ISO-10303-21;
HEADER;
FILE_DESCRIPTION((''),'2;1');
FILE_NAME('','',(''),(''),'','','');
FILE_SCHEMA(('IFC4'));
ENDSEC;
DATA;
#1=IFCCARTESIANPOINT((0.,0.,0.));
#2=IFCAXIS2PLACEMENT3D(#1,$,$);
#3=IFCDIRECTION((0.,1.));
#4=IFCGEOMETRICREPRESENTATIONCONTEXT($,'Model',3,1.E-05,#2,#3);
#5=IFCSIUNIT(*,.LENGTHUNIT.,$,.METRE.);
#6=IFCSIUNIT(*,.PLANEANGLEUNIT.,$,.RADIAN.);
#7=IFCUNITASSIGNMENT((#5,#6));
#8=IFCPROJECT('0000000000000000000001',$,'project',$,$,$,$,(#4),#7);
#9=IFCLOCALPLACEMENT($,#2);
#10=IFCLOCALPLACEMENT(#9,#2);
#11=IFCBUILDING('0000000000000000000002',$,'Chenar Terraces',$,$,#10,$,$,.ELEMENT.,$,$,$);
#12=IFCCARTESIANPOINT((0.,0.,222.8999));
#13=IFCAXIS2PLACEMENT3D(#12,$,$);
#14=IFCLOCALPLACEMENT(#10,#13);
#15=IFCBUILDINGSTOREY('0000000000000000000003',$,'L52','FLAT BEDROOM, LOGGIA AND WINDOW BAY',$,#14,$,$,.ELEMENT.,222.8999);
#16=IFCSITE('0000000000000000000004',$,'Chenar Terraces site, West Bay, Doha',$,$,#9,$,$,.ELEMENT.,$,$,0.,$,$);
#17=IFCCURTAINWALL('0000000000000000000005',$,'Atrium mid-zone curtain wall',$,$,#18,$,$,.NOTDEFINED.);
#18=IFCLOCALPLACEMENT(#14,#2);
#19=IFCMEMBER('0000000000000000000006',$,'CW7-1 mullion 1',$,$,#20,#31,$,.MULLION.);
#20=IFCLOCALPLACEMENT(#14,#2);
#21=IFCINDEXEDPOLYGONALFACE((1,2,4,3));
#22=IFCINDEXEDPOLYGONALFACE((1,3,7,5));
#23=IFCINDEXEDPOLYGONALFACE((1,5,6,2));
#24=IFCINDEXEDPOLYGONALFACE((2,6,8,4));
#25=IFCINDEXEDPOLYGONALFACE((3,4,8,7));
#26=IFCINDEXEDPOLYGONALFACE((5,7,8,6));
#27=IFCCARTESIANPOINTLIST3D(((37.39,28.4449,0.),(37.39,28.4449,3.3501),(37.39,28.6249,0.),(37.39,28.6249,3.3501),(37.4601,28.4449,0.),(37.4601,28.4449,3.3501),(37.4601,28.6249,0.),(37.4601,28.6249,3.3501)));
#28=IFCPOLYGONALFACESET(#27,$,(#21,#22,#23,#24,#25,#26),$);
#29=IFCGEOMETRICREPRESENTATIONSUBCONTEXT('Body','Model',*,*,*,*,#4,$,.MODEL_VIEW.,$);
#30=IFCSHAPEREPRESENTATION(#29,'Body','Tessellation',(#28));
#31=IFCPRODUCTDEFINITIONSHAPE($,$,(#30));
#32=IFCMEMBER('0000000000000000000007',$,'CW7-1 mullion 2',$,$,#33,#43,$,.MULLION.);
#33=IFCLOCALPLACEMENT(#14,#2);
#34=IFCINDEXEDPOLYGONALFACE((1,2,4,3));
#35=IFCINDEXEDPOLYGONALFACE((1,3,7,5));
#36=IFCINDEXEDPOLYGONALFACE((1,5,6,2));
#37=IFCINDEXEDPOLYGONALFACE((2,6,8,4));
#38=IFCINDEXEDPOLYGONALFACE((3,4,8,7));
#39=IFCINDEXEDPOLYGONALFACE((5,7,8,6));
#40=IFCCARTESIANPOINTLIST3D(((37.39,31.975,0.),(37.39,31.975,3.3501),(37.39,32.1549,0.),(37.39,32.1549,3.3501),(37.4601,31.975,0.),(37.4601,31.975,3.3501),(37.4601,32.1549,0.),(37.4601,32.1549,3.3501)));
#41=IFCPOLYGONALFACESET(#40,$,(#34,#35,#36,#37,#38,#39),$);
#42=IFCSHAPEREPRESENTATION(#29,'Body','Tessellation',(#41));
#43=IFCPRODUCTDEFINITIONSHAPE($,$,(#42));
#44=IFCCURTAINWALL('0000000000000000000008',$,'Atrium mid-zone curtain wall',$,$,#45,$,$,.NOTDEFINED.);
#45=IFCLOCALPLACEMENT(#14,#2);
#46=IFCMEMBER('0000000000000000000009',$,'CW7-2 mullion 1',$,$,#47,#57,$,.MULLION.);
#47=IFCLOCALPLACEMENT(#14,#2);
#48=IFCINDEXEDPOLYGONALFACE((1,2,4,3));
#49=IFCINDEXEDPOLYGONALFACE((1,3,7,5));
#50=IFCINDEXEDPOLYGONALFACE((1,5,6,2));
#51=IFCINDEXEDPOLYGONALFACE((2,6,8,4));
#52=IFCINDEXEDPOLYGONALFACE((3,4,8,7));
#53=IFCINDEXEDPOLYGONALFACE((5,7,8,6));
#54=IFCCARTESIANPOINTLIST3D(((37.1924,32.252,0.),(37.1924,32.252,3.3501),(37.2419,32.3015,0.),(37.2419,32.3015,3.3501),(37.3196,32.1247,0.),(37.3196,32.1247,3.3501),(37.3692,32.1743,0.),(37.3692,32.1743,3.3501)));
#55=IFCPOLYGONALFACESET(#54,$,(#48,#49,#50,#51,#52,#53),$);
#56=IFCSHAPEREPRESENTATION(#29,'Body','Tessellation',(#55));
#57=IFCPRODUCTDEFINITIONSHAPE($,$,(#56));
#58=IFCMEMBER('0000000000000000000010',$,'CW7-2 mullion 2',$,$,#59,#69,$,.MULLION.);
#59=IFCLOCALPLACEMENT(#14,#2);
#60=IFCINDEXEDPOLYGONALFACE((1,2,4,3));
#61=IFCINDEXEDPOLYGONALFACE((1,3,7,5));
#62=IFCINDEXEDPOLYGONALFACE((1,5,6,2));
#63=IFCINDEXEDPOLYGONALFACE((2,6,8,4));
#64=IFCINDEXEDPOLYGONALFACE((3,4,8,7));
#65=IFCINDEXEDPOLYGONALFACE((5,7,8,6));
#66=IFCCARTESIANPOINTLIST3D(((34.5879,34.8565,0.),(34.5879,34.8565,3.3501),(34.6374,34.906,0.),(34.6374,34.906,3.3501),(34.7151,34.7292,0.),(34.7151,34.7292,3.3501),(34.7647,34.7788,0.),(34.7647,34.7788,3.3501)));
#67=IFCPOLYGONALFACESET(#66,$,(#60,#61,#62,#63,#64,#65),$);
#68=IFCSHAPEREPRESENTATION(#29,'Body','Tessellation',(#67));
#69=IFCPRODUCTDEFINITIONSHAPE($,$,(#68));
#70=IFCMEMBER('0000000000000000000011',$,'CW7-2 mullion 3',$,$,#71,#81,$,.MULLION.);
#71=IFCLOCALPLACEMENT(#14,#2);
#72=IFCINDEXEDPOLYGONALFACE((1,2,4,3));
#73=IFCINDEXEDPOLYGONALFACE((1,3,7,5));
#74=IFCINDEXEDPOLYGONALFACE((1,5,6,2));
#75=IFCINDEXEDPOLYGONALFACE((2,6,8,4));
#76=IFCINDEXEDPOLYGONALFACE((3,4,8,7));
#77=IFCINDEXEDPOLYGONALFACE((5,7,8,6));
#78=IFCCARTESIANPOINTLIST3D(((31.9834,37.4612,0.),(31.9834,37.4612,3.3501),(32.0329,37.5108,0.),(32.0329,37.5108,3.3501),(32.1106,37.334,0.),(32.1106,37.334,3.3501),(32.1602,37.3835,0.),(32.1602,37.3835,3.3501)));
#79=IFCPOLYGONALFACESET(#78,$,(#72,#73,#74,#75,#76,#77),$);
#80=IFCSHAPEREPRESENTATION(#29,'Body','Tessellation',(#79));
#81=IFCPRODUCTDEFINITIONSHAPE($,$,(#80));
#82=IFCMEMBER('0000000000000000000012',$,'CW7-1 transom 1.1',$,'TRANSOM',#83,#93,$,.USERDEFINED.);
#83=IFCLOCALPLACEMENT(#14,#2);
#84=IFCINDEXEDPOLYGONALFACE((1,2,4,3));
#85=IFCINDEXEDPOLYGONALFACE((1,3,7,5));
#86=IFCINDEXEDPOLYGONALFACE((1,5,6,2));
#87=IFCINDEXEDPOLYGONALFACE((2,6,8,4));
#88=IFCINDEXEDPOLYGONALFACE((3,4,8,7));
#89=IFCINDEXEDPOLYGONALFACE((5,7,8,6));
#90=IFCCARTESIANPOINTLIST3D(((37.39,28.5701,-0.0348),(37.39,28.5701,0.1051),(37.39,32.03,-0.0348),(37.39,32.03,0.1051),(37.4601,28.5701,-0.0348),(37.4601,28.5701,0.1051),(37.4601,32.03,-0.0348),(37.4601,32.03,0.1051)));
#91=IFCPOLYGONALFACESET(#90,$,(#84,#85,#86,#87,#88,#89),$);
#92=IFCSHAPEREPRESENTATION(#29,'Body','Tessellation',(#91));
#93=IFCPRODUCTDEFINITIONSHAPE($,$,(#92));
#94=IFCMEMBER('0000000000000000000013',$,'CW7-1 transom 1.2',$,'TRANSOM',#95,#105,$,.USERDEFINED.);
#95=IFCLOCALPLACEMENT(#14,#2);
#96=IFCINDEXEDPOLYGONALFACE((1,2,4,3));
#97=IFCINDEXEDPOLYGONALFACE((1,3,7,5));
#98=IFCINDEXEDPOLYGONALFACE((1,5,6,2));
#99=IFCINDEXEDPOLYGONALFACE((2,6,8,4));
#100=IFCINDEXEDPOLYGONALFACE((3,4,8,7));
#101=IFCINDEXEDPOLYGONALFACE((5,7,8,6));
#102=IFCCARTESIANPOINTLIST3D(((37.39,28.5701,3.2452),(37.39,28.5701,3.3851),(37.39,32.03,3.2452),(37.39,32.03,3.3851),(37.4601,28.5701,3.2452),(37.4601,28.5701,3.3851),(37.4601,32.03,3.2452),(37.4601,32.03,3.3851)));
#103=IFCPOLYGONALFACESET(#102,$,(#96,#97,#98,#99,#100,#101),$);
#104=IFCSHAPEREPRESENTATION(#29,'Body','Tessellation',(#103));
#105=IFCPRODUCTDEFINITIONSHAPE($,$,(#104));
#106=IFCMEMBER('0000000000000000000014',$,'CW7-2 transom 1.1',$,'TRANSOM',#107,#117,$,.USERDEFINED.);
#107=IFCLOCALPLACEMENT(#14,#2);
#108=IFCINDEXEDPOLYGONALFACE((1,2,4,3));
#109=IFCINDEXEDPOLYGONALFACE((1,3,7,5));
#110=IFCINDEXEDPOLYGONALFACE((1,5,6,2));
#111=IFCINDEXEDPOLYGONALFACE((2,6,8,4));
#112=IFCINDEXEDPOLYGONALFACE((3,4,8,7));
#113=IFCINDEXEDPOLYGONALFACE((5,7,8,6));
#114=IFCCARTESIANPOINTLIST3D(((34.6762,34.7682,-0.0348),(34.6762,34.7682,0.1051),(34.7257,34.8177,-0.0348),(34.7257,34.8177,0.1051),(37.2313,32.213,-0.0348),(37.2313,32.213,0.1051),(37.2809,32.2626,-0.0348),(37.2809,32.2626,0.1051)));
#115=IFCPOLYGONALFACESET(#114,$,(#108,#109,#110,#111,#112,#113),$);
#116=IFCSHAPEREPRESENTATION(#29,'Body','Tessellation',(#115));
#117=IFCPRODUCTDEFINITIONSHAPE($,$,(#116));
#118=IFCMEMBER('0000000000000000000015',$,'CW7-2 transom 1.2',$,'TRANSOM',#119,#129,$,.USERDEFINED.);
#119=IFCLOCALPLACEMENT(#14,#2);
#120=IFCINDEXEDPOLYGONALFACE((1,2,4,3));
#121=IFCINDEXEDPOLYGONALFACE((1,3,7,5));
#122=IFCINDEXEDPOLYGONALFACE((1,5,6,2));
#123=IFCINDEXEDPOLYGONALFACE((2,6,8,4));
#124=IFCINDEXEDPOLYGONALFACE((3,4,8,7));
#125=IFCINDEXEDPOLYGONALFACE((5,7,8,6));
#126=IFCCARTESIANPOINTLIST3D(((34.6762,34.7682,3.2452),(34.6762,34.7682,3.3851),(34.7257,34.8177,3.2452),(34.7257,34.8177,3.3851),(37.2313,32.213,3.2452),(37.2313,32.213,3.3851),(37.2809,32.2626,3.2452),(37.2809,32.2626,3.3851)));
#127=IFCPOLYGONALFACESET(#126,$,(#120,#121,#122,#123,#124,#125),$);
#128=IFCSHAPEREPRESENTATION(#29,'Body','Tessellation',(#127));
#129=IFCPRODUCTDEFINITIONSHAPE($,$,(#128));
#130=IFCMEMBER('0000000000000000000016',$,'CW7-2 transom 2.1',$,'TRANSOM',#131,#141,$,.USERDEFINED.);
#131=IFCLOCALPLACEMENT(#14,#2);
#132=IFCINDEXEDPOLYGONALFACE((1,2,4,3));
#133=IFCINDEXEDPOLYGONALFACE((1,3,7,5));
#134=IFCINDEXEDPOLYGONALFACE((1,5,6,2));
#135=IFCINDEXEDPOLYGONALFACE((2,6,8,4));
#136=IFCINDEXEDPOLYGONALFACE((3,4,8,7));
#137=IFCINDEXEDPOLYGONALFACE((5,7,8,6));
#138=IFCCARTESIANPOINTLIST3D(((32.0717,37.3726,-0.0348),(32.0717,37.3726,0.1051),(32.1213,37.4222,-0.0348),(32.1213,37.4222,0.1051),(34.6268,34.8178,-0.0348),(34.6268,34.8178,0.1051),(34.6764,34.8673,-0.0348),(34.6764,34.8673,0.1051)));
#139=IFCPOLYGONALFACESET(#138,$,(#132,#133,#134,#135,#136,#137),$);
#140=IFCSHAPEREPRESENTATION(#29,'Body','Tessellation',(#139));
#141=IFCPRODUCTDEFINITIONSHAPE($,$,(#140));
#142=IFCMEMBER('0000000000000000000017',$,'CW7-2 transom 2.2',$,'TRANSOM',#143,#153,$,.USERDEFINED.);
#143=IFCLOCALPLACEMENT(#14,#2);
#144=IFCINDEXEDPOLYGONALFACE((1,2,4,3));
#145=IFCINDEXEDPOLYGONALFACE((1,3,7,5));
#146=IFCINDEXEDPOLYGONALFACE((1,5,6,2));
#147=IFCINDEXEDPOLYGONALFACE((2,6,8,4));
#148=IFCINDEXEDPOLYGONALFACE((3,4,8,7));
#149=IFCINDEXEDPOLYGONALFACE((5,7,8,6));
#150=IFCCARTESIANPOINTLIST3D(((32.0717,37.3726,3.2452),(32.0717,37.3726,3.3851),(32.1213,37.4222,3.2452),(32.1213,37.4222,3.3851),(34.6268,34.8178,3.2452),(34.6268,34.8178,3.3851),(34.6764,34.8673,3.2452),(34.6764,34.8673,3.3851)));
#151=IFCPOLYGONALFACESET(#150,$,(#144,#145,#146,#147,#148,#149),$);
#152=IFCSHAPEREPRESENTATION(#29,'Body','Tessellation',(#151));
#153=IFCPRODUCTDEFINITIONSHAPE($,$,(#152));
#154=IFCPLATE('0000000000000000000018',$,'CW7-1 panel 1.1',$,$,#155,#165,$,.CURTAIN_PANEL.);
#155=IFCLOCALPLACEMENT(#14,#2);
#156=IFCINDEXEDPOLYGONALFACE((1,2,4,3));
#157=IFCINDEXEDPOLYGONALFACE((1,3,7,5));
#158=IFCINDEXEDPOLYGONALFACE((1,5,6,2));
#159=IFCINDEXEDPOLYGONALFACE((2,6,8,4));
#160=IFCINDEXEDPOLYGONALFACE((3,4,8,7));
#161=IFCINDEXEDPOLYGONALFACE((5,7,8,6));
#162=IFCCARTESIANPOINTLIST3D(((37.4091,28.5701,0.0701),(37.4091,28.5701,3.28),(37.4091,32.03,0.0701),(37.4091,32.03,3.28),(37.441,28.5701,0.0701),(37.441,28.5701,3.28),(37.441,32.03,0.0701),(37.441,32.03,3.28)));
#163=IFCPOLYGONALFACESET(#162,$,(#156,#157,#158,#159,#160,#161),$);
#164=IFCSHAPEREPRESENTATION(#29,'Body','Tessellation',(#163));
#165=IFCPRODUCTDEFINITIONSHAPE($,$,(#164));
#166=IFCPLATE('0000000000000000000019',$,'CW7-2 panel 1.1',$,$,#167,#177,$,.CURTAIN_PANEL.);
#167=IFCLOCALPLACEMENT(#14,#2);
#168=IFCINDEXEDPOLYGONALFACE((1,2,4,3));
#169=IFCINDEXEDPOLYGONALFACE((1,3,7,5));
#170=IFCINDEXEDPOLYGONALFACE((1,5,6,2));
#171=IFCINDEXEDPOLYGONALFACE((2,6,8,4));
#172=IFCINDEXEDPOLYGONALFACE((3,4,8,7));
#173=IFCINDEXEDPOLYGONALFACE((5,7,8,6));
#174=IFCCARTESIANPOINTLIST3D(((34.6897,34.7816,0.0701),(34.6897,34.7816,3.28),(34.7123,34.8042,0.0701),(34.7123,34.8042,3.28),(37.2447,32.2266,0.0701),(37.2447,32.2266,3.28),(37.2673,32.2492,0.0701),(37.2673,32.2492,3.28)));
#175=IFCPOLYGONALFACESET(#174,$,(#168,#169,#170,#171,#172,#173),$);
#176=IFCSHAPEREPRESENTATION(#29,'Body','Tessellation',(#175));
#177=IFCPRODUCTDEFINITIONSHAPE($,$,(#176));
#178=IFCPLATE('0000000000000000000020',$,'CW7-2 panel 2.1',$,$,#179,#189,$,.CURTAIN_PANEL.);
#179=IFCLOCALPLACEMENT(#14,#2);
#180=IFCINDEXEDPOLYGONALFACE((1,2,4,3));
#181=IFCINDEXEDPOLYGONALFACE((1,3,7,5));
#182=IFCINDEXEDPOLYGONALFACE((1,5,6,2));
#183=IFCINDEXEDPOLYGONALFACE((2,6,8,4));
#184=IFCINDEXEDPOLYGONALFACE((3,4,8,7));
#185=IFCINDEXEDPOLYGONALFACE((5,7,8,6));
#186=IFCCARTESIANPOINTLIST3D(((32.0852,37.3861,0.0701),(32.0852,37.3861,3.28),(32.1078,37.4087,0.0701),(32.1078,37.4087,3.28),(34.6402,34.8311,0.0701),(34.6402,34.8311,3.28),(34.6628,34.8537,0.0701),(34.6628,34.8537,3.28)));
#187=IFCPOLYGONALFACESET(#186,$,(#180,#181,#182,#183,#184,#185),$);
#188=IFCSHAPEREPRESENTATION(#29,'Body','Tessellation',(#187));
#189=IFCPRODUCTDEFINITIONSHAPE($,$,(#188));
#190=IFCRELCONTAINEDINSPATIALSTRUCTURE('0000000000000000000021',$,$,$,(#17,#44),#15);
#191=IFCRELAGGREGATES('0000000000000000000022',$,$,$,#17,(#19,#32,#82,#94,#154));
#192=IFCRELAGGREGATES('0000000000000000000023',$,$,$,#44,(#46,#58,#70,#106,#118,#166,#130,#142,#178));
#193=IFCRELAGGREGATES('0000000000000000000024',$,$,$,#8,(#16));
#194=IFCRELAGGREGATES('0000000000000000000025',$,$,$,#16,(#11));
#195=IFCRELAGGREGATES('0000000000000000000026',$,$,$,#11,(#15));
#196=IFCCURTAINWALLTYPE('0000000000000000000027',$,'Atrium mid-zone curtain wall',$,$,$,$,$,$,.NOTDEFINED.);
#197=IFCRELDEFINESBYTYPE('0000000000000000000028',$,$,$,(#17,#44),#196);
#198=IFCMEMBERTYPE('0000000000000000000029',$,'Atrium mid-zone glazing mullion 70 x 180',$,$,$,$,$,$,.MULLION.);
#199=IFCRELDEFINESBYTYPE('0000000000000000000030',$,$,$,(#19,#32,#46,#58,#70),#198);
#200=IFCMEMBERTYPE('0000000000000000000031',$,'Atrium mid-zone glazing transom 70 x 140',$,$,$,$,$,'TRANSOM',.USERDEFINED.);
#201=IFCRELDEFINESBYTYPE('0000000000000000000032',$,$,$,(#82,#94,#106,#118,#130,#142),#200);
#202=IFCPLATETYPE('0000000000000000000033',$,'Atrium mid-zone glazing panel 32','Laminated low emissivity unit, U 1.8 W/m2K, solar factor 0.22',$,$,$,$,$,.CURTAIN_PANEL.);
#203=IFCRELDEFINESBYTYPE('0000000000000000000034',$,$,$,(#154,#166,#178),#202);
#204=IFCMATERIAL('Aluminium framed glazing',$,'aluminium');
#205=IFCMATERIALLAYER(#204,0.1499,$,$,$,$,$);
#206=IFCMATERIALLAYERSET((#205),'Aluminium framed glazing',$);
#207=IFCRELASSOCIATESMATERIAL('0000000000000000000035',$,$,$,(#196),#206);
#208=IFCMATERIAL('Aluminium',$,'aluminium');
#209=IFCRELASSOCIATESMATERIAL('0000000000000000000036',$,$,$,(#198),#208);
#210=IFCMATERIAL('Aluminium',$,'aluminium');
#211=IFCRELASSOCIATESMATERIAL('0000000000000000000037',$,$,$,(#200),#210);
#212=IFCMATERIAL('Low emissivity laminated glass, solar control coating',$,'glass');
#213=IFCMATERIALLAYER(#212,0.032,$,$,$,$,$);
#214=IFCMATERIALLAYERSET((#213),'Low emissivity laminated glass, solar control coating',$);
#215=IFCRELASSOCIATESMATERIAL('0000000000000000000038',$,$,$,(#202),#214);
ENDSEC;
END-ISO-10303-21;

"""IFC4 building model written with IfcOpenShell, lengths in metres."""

from ifc_helpers import new_model, si_unit, direction, frame, origin, origin_2d, place, context, subcontext, project, spatial, rectangle, extrude, material, layer, layer_set, material_profile, profile_set, type_object, element, aggregate, save


model = new_model("IFC4")

# Units and contexts
model_context = context("Model", 3, precision=1e-05, world=origin(), true_north=direction((0.0, 1.0)))
body_context = subcontext(model_context, "Body", "Model", "MODEL_VIEW")
ifc_project = project(units=[si_unit("LENGTHUNIT", "METRE"), si_unit("PLANEANGLEUNIT", "RADIAN")], contexts=[model_context])

# Site, building, storey
site_placement = place(None, origin())
site = spatial("IfcSite", under=ifc_project, at=site_placement, Name="Chenar Terraces site, West Bay, Doha", CompositionType="ELEMENT", RefElevation=0.0)
building_placement = place(site_placement, origin())
building = spatial("IfcBuilding", under=site, at=building_placement, Name="Chenar Terraces", CompositionType="ELEMENT")
storey_placement = place(building_placement, frame((0.0, 0.0, 222.8999)))
storey = spatial("IfcBuildingStorey", under=building, at=storey_placement, Name="L52", Description="FLAT BEDROOM, LOGGIA AND WINDOW BAY", CompositionType="ELEMENT", Elevation=222.8999)

# Curtain walls, members
ifc_material_1 = material(Name="Aluminium framed glazing", Category="aluminium")
ifc_layer_1 = layer(ifc_material_1, 0.1499)
ifc_layer_set_1 = layer_set([ifc_layer_1], Name="Aluminium framed glazing")
curtain_wall_type = type_object("IfcCurtainWallType", Name="Atrium mid-zone curtain wall", PredefinedType="NOTDEFINED", material=ifc_layer_set_1)
placement = place(storey_placement, origin())
curtain_wall_1 = element("IfcCurtainWall", 1, at=placement, inside=storey, type_object=curtain_wall_type, Name="Atrium mid-zone curtain wall", PredefinedType="NOTDEFINED")
ifc_material_2 = material(Name="Aluminium", Category="aluminium")
ifc_material_profile_1 = material_profile(ifc_material_2, rectangle(XDim=0.0701, YDim=0.1799, at=origin_2d()), Name="Atrium mid-zone glazing mullion 70 x 180")
ifc_profile_set_1 = profile_set([ifc_material_profile_1], Name="Aluminium")
member_type_1 = type_object("IfcMemberType", Name="Atrium mid-zone glazing mullion 70 x 180", PredefinedType="MULLION", material=ifc_profile_set_1)
member_1_placement = place(storey_placement, frame((37.425, 28.5349, 0.0), z_axis=(0.0, 0.0, 1.0), x_axis=(-1.0, 0.0, 0.0)))
member_1 = element("IfcMember", 2, at=member_1_placement, type_object=member_type_1, Name="CW7-1 mullion 1", PredefinedType="MULLION", context=body_context, shape_type="SweptSolid", body=[
    extrude(rectangle(XDim=0.0701, YDim=0.1799, at=origin_2d()), origin(), (0.0, 0.0, 1.0), 3.3501),
])
member_2_placement = place(storey_placement, frame((37.425, 32.0649, 0.0), z_axis=(0.0, 0.0, 1.0), x_axis=(-1.0, 0.0, 0.0)))
member_2 = element("IfcMember", 3, at=member_2_placement, type_object=member_type_1, Name="CW7-1 mullion 2", PredefinedType="MULLION", context=body_context, shape_type="SweptSolid", body=[
    extrude(rectangle(XDim=0.0701, YDim=0.1799, at=origin_2d()), origin(), (0.0, 0.0, 1.0), 3.3501),
])
curtain_wall_2 = element("IfcCurtainWall", 4, at=placement, inside=storey, type_object=curtain_wall_type, Name="Atrium mid-zone curtain wall", PredefinedType="NOTDEFINED")
member_3_placement = place(storey_placement, frame((37.2808, 32.2131, 0.0), z_axis=(0.0, 0.0, 1.0), x_axis=(-0.707107, -0.707107, 0.0)))
member_3 = element("IfcMember", 5, at=member_3_placement, type_object=member_type_1, Name="CW7-2 mullion 1", PredefinedType="MULLION", context=body_context, shape_type="SweptSolid", body=[
    extrude(rectangle(XDim=0.0701, YDim=0.1799, at=origin_2d()), origin(), (0.0, 0.0, 1.0), 3.3501),
])
member_4_placement = place(storey_placement, frame((34.6763, 34.8176, 0.0), z_axis=(0.0, 0.0, 1.0), x_axis=(-0.707107, -0.707107, 0.0)))
member_4 = element("IfcMember", 6, at=member_4_placement, type_object=member_type_1, Name="CW7-2 mullion 2", PredefinedType="MULLION", context=body_context, shape_type="SweptSolid", body=[
    extrude(rectangle(XDim=0.0701, YDim=0.1799, at=origin_2d()), origin(), (0.0, 0.0, 1.0), 3.3501),
])
member_5_placement = place(storey_placement, frame((32.0718, 37.4224, 0.0), z_axis=(0.0, 0.0, 1.0), x_axis=(-0.707107, -0.707107, 0.0)))
member_5 = element("IfcMember", 7, at=member_5_placement, type_object=member_type_1, Name="CW7-2 mullion 3", PredefinedType="MULLION", context=body_context, shape_type="SweptSolid", body=[
    extrude(rectangle(XDim=0.0701, YDim=0.1799, at=origin_2d()), origin(), (0.0, 0.0, 1.0), 3.3501),
])

# Members
ifc_material_3 = material(Name="Aluminium", Category="aluminium")
ifc_material_profile_2 = material_profile(ifc_material_3, rectangle(XDim=0.0701, YDim=0.1399, at=origin_2d()), Name="Atrium mid-zone glazing transom 70 x 140")
ifc_profile_set_2 = profile_set([ifc_material_profile_2], Name="Aluminium")
member_type_2 = type_object("IfcMemberType", Name="Atrium mid-zone glazing transom 70 x 140", ElementType="TRANSOM", PredefinedType="USERDEFINED", material=ifc_profile_set_2)
member_6_placement = place(storey_placement, frame((37.425, 28.5701, 0.0352), z_axis=(0.0, 1.0, 0.0), x_axis=(-1.0, 0.0, 0.0)))
member_6 = element("IfcMember", 8, at=member_6_placement, type_object=member_type_2, Name="CW7-1 transom 1.1", ObjectType="TRANSOM", PredefinedType="USERDEFINED", context=body_context, shape_type="SweptSolid", body=[
    extrude(rectangle(XDim=0.0701, YDim=0.1399, at=origin_2d()), origin(), (0.0, 0.0, 1.0), 3.46),
])
member_7_placement = place(storey_placement, frame((37.425, 28.5701, 3.3152), z_axis=(0.0, 1.0, 0.0), x_axis=(-1.0, 0.0, 0.0)))
member_7 = element("IfcMember", 9, at=member_7_placement, type_object=member_type_2, Name="CW7-1 transom 1.2", ObjectType="TRANSOM", PredefinedType="USERDEFINED", context=body_context, shape_type="SweptSolid", body=[
    extrude(rectangle(XDim=0.0701, YDim=0.1399, at=origin_2d()), origin(), (0.0, 0.0, 1.0), 3.46),
])
member_8_placement = place(storey_placement, frame((37.2561, 32.2378, 0.0352), z_axis=(-0.707107, 0.707107, 0.0), x_axis=(-0.707107, -0.707107, 0.0)))
member_8 = element("IfcMember", 10, at=member_8_placement, type_object=member_type_2, Name="CW7-2 transom 1.1", ObjectType="TRANSOM", PredefinedType="USERDEFINED", context=body_context, shape_type="SweptSolid", body=[
    extrude(rectangle(XDim=0.0701, YDim=0.1399, at=origin_2d()), origin(), (0.0, 0.0, 1.0), 3.6135),
])
member_9_placement = place(storey_placement, frame((37.2561, 32.2378, 3.3152), z_axis=(-0.707107, 0.707107, 0.0), x_axis=(-0.707107, -0.707107, 0.0)))
member_9 = element("IfcMember", 11, at=member_9_placement, type_object=member_type_2, Name="CW7-2 transom 1.2", ObjectType="TRANSOM", PredefinedType="USERDEFINED", context=body_context, shape_type="SweptSolid", body=[
    extrude(rectangle(XDim=0.0701, YDim=0.1399, at=origin_2d()), origin(), (0.0, 0.0, 1.0), 3.6135),
])
member_10_placement = place(storey_placement, frame((34.6516, 34.8425, 0.0352), z_axis=(-0.707141, 0.707073, 0.0), x_axis=(-0.707073, -0.707141, 0.0)))
member_10 = element("IfcMember", 12, at=member_10_placement, type_object=member_type_2, Name="CW7-2 transom 2.1", ObjectType="TRANSOM", PredefinedType="USERDEFINED", context=body_context, shape_type="SweptSolid", body=[
    extrude(rectangle(XDim=0.0701, YDim=0.1399, at=origin_2d()), origin(), (0.0, 0.0, 1.0), 3.6133),
])
member_11_placement = place(storey_placement, frame((34.6516, 34.8425, 3.3152), z_axis=(-0.707141, 0.707073, 0.0), x_axis=(-0.707073, -0.707141, 0.0)))
member_11 = element("IfcMember", 13, at=member_11_placement, type_object=member_type_2, Name="CW7-2 transom 2.2", ObjectType="TRANSOM", PredefinedType="USERDEFINED", context=body_context, shape_type="SweptSolid", body=[
    extrude(rectangle(XDim=0.0701, YDim=0.1399, at=origin_2d()), origin(), (0.0, 0.0, 1.0), 3.6133),
])

# Plates
ifc_material_4 = material(Name="Low emissivity laminated glass, solar control coating", Category="glass")
ifc_layer_2 = layer(ifc_material_4, 0.032)
ifc_layer_set_2 = layer_set([ifc_layer_2], Name="Low emissivity laminated glass, solar control coating")
plate_type = type_object("IfcPlateType", Name="Atrium mid-zone glazing panel 32", Description="Laminated low emissivity unit, U 1.8 W/m2K, solar factor 0.22", PredefinedType="CURTAIN_PANEL", material=ifc_layer_set_2)
plate_1_placement = place(storey_placement, frame((37.425, 30.3, 0.0701), z_axis=(0.0, 0.0, 1.0), x_axis=(0.0, 1.0, 0.0)))
plate_1 = element("IfcPlate", 14, at=plate_1_placement, type_object=plate_type, Name="CW7-1 panel 1.1", PredefinedType="CURTAIN_PANEL", context=body_context, shape_type="SweptSolid", body=[
    extrude(rectangle(XDim=3.46, YDim=0.032, at=origin_2d()), origin(), (0.0, 0.0, 1.0), 3.21),
])
aggregate(curtain_wall_1, [member_1, member_2, member_6, member_7, plate_1])
plate_2_placement = place(storey_placement, frame((35.9785, 33.5154, 0.0701), z_axis=(0.0, 0.0, 1.0), x_axis=(-0.707107, 0.707107, 0.0)))
plate_2 = element("IfcPlate", 15, at=plate_2_placement, type_object=plate_type, Name="CW7-2 panel 1.1", PredefinedType="CURTAIN_PANEL", context=body_context, shape_type="SweptSolid", body=[
    extrude(rectangle(XDim=3.6133, YDim=0.032, at=origin_2d()), origin(), (0.0, 0.0, 1.0), 3.21),
])
plate_3_placement = place(storey_placement, frame((33.374, 36.1199, 0.0701), z_axis=(0.0, 0.0, 1.0), x_axis=(-0.707107, 0.707107, 0.0)))
plate_3 = element("IfcPlate", 16, at=plate_3_placement, type_object=plate_type, Name="CW7-2 panel 2.1", PredefinedType="CURTAIN_PANEL", context=body_context, shape_type="SweptSolid", body=[
    extrude(rectangle(XDim=3.6133, YDim=0.032, at=origin_2d()), origin(), (0.0, 0.0, 1.0), 3.21),
])
aggregate(curtain_wall_2, [member_3, member_4, member_5, member_8, member_9, plate_2, member_10, member_11, plate_3])

save(model, "model.ifc")
